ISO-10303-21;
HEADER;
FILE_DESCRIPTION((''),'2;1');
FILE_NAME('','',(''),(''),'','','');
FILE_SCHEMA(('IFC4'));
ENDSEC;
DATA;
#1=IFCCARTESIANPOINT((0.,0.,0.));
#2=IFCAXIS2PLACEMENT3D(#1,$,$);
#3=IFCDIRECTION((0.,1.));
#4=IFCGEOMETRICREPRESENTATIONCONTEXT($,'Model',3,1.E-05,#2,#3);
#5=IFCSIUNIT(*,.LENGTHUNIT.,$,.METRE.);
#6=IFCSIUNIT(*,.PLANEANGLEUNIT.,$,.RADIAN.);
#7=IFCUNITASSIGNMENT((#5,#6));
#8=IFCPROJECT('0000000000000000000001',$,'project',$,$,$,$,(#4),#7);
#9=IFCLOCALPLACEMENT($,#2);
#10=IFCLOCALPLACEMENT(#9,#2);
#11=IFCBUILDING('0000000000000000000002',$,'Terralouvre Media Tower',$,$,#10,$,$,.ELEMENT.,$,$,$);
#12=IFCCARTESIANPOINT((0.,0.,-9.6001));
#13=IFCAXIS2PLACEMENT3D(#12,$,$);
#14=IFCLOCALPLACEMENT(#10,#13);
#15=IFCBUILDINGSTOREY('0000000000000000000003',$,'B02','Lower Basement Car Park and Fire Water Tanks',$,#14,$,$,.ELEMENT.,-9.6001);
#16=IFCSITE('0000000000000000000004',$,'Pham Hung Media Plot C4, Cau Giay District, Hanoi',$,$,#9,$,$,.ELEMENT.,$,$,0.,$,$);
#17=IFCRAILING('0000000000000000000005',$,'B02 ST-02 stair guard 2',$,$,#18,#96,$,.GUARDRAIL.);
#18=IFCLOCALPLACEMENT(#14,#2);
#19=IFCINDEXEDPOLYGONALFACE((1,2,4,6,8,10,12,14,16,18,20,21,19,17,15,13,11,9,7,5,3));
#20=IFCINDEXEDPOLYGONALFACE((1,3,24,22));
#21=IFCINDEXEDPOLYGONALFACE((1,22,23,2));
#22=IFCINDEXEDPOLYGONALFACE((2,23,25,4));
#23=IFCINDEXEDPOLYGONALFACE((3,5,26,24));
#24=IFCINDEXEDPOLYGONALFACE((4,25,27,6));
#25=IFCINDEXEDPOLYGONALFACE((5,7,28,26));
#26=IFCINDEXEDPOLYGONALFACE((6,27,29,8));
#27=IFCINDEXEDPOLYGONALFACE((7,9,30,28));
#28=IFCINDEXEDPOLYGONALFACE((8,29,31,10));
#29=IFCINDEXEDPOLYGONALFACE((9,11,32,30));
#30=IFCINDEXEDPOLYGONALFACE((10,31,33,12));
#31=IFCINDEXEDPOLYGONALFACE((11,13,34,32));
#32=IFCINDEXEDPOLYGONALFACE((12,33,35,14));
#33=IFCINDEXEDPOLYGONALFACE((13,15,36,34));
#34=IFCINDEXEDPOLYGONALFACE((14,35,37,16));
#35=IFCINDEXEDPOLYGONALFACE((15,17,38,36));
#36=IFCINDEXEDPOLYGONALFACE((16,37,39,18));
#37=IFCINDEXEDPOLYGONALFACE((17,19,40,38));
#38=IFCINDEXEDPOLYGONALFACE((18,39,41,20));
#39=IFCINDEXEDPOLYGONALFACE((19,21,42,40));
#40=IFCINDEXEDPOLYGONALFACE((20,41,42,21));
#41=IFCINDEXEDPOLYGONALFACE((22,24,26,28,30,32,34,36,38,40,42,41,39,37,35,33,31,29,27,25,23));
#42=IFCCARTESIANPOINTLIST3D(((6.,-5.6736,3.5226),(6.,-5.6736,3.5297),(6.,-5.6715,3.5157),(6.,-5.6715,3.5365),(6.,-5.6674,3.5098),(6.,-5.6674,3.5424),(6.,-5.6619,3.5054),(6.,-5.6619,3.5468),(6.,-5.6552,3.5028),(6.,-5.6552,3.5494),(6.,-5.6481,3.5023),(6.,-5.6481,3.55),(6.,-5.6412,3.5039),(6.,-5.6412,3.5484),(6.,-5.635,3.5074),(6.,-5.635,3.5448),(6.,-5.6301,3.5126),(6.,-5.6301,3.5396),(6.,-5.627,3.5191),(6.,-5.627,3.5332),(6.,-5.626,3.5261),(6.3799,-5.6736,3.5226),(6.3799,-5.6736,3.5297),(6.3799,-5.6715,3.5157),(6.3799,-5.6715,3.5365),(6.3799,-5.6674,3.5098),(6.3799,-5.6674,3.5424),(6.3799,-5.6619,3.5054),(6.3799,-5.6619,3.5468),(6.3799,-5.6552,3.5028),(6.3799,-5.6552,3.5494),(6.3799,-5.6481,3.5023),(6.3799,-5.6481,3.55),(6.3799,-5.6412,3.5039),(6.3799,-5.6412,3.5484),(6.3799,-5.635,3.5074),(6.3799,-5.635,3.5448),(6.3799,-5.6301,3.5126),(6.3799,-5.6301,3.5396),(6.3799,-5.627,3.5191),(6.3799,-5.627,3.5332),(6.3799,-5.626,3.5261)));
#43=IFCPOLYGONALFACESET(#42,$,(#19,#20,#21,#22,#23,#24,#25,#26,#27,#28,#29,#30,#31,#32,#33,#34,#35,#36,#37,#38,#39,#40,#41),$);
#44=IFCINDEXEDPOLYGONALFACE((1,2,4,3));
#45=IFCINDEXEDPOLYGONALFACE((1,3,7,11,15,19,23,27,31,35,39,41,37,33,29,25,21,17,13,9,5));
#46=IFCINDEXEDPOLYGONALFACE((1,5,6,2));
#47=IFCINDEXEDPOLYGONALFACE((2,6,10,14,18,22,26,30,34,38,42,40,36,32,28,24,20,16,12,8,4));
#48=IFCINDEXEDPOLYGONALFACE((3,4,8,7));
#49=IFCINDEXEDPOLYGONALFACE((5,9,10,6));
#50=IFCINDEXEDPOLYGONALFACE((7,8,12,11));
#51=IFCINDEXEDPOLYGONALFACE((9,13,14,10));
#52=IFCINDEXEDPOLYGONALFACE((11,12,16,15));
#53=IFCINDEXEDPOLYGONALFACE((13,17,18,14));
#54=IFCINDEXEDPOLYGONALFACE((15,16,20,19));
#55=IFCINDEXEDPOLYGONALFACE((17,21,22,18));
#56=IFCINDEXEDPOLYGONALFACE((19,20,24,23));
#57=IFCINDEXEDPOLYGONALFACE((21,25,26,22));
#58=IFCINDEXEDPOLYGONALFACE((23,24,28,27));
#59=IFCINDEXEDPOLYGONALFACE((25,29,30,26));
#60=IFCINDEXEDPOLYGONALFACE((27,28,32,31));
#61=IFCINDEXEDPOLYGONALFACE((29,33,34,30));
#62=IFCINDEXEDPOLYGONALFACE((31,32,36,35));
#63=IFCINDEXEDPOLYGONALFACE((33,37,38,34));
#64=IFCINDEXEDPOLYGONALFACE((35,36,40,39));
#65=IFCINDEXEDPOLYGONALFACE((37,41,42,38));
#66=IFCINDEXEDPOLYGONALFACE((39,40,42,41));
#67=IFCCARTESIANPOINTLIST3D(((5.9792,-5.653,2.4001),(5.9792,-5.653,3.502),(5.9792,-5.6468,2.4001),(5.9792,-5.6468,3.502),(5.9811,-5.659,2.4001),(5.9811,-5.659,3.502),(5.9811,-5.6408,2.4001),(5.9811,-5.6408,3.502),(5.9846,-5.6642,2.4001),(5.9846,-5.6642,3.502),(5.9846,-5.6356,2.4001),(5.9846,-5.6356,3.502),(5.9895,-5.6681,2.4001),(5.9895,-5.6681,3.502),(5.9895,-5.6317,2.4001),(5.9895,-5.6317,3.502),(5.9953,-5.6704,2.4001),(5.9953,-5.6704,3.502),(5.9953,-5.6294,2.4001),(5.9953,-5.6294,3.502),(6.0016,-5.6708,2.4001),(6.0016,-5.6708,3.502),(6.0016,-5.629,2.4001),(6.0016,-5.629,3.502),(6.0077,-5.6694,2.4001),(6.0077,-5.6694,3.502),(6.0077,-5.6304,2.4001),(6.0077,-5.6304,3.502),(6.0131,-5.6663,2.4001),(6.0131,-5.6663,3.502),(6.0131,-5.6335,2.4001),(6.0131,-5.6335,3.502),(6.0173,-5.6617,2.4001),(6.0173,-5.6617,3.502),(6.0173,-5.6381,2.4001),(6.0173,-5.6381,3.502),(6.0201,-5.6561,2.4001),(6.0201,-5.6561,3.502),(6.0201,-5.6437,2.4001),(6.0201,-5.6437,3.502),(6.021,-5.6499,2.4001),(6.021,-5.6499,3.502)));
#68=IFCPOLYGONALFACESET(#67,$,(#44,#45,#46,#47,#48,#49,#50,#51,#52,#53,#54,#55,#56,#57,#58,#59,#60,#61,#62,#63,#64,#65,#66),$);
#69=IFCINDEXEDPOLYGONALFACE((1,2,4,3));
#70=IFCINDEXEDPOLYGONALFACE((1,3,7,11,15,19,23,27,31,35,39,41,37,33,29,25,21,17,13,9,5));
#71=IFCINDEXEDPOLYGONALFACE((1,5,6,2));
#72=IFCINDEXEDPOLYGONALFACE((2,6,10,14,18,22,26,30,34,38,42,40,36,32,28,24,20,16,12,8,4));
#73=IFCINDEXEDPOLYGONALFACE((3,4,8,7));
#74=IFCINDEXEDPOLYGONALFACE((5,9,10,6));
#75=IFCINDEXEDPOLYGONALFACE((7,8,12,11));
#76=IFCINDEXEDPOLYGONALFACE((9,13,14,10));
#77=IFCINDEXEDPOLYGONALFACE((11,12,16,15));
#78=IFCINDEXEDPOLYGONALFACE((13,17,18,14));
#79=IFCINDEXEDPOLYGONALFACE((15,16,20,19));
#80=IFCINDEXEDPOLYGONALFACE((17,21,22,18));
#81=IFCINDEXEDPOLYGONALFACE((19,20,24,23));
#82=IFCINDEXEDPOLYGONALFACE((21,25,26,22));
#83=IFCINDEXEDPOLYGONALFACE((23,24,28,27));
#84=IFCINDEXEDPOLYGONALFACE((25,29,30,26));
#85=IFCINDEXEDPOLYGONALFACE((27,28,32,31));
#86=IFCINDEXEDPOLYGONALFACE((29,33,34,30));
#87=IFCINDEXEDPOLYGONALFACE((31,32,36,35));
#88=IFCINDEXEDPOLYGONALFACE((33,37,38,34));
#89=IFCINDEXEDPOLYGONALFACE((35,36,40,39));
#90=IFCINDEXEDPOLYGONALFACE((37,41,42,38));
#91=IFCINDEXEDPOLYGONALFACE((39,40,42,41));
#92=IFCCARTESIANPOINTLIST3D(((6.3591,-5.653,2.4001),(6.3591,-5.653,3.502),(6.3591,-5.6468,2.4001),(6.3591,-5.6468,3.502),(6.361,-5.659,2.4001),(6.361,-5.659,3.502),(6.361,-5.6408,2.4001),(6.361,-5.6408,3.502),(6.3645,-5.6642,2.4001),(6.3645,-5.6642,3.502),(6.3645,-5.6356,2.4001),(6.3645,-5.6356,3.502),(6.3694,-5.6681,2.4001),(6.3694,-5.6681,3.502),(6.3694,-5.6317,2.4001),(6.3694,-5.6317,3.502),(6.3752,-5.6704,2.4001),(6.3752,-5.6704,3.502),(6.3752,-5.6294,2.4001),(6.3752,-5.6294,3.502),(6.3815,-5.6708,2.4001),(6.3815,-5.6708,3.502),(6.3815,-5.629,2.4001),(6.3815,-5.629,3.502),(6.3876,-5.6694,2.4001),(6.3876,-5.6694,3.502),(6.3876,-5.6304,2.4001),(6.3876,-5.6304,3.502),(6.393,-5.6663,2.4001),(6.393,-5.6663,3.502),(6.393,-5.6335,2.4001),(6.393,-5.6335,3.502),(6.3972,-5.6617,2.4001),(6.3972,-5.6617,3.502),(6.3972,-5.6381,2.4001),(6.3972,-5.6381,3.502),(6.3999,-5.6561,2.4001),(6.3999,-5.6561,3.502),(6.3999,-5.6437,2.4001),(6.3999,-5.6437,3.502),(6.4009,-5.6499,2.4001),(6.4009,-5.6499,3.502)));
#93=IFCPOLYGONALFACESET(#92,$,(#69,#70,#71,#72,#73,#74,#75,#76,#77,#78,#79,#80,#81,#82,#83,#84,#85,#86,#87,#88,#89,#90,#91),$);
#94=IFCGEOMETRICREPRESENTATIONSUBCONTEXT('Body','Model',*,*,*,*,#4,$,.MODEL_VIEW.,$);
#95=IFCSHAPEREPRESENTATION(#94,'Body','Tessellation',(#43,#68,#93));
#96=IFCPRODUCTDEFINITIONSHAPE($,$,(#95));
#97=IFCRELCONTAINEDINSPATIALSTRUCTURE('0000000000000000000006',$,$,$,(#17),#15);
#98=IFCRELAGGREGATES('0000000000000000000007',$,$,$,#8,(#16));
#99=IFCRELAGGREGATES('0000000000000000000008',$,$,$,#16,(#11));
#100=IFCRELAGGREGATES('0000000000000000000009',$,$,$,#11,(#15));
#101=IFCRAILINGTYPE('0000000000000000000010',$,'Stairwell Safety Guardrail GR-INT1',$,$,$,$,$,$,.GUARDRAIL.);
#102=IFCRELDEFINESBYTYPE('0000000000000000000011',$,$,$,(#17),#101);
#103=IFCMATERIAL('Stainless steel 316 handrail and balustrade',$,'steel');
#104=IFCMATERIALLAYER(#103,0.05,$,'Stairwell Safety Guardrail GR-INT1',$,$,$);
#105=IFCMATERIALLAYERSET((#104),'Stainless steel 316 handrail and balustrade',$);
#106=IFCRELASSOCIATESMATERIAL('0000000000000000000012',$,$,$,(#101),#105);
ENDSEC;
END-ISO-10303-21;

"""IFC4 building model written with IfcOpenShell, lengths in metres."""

from ifc_helpers import new_model, si_unit, direction, frame, origin, origin_2d, place, context, subcontext, project, spatial, circle, extrude, material, layer, layer_set, type_object, element, save


model = new_model("IFC4")

# Units and contexts
model_context = context("Model", 3, precision=1e-05, world=origin(), true_north=direction((0.0, 1.0)))
body_context = subcontext(model_context, "Body", "Model", "MODEL_VIEW")
ifc_project = project(units=[si_unit("LENGTHUNIT", "METRE"), si_unit("PLANEANGLEUNIT", "RADIAN")], contexts=[model_context])

# Site, building, storey
site_placement = place(None, origin())
site = spatial("IfcSite", under=ifc_project, at=site_placement, Name="Pham Hung Media Plot C4, Cau Giay District, Hanoi", CompositionType="ELEMENT", RefElevation=0.0)
building_placement = place(site_placement, origin())
building = spatial("IfcBuilding", under=site, at=building_placement, Name="Terralouvre Media Tower", CompositionType="ELEMENT")
storey_placement = place(building_placement, frame((0.0, 0.0, -9.6001)))
storey = spatial("IfcBuildingStorey", under=building, at=storey_placement, Name="B02", Description="Lower Basement Car Park and Fire Water Tanks", CompositionType="ELEMENT", Elevation=-9.6001)

# Railing
ifc_material_1 = material(Name="Stainless steel 316 handrail and balustrade", Category="steel")
ifc_layer_1 = layer(ifc_material_1, 0.05, Name="Stairwell Safety Guardrail GR-INT1")
ifc_layer_set_1 = layer_set([ifc_layer_1], Name="Stainless steel 316 handrail and balustrade")
railing_type_1 = type_object("IfcRailingType", Name="Stairwell Safety Guardrail GR-INT1", PredefinedType="GUARDRAIL", material=ifc_layer_set_1)
railing_1_placement = place(storey_placement, frame((6.0, -5.6499, 2.4001)))
element("IfcRailing", 1, at=railing_1_placement, inside=storey, type_object=railing_type_1, Name="B02 ST-02 stair guard 2", PredefinedType="GUARDRAIL", context=body_context, shape_type="SweptSolid", body=[
    extrude(circle(Radius=0.0239, at=origin_2d()), frame((0.0, 0.0, 1.126), z_axis=(1.0, 0.0, 0.0), x_axis=(0.0, 1.0, 0.0)), (0.0, 0.0, 1.0), 0.3799),
    extrude(circle(Radius=0.021, at=origin_2d()), origin(), (0.0, 0.0, 1.0), 1.1018),
    extrude(circle(Radius=0.021, at=origin_2d()), frame((0.3799, 0.0, 0.0)), (0.0, 0.0, 1.0), 1.1018),
])

save(model, "model.ifc")
